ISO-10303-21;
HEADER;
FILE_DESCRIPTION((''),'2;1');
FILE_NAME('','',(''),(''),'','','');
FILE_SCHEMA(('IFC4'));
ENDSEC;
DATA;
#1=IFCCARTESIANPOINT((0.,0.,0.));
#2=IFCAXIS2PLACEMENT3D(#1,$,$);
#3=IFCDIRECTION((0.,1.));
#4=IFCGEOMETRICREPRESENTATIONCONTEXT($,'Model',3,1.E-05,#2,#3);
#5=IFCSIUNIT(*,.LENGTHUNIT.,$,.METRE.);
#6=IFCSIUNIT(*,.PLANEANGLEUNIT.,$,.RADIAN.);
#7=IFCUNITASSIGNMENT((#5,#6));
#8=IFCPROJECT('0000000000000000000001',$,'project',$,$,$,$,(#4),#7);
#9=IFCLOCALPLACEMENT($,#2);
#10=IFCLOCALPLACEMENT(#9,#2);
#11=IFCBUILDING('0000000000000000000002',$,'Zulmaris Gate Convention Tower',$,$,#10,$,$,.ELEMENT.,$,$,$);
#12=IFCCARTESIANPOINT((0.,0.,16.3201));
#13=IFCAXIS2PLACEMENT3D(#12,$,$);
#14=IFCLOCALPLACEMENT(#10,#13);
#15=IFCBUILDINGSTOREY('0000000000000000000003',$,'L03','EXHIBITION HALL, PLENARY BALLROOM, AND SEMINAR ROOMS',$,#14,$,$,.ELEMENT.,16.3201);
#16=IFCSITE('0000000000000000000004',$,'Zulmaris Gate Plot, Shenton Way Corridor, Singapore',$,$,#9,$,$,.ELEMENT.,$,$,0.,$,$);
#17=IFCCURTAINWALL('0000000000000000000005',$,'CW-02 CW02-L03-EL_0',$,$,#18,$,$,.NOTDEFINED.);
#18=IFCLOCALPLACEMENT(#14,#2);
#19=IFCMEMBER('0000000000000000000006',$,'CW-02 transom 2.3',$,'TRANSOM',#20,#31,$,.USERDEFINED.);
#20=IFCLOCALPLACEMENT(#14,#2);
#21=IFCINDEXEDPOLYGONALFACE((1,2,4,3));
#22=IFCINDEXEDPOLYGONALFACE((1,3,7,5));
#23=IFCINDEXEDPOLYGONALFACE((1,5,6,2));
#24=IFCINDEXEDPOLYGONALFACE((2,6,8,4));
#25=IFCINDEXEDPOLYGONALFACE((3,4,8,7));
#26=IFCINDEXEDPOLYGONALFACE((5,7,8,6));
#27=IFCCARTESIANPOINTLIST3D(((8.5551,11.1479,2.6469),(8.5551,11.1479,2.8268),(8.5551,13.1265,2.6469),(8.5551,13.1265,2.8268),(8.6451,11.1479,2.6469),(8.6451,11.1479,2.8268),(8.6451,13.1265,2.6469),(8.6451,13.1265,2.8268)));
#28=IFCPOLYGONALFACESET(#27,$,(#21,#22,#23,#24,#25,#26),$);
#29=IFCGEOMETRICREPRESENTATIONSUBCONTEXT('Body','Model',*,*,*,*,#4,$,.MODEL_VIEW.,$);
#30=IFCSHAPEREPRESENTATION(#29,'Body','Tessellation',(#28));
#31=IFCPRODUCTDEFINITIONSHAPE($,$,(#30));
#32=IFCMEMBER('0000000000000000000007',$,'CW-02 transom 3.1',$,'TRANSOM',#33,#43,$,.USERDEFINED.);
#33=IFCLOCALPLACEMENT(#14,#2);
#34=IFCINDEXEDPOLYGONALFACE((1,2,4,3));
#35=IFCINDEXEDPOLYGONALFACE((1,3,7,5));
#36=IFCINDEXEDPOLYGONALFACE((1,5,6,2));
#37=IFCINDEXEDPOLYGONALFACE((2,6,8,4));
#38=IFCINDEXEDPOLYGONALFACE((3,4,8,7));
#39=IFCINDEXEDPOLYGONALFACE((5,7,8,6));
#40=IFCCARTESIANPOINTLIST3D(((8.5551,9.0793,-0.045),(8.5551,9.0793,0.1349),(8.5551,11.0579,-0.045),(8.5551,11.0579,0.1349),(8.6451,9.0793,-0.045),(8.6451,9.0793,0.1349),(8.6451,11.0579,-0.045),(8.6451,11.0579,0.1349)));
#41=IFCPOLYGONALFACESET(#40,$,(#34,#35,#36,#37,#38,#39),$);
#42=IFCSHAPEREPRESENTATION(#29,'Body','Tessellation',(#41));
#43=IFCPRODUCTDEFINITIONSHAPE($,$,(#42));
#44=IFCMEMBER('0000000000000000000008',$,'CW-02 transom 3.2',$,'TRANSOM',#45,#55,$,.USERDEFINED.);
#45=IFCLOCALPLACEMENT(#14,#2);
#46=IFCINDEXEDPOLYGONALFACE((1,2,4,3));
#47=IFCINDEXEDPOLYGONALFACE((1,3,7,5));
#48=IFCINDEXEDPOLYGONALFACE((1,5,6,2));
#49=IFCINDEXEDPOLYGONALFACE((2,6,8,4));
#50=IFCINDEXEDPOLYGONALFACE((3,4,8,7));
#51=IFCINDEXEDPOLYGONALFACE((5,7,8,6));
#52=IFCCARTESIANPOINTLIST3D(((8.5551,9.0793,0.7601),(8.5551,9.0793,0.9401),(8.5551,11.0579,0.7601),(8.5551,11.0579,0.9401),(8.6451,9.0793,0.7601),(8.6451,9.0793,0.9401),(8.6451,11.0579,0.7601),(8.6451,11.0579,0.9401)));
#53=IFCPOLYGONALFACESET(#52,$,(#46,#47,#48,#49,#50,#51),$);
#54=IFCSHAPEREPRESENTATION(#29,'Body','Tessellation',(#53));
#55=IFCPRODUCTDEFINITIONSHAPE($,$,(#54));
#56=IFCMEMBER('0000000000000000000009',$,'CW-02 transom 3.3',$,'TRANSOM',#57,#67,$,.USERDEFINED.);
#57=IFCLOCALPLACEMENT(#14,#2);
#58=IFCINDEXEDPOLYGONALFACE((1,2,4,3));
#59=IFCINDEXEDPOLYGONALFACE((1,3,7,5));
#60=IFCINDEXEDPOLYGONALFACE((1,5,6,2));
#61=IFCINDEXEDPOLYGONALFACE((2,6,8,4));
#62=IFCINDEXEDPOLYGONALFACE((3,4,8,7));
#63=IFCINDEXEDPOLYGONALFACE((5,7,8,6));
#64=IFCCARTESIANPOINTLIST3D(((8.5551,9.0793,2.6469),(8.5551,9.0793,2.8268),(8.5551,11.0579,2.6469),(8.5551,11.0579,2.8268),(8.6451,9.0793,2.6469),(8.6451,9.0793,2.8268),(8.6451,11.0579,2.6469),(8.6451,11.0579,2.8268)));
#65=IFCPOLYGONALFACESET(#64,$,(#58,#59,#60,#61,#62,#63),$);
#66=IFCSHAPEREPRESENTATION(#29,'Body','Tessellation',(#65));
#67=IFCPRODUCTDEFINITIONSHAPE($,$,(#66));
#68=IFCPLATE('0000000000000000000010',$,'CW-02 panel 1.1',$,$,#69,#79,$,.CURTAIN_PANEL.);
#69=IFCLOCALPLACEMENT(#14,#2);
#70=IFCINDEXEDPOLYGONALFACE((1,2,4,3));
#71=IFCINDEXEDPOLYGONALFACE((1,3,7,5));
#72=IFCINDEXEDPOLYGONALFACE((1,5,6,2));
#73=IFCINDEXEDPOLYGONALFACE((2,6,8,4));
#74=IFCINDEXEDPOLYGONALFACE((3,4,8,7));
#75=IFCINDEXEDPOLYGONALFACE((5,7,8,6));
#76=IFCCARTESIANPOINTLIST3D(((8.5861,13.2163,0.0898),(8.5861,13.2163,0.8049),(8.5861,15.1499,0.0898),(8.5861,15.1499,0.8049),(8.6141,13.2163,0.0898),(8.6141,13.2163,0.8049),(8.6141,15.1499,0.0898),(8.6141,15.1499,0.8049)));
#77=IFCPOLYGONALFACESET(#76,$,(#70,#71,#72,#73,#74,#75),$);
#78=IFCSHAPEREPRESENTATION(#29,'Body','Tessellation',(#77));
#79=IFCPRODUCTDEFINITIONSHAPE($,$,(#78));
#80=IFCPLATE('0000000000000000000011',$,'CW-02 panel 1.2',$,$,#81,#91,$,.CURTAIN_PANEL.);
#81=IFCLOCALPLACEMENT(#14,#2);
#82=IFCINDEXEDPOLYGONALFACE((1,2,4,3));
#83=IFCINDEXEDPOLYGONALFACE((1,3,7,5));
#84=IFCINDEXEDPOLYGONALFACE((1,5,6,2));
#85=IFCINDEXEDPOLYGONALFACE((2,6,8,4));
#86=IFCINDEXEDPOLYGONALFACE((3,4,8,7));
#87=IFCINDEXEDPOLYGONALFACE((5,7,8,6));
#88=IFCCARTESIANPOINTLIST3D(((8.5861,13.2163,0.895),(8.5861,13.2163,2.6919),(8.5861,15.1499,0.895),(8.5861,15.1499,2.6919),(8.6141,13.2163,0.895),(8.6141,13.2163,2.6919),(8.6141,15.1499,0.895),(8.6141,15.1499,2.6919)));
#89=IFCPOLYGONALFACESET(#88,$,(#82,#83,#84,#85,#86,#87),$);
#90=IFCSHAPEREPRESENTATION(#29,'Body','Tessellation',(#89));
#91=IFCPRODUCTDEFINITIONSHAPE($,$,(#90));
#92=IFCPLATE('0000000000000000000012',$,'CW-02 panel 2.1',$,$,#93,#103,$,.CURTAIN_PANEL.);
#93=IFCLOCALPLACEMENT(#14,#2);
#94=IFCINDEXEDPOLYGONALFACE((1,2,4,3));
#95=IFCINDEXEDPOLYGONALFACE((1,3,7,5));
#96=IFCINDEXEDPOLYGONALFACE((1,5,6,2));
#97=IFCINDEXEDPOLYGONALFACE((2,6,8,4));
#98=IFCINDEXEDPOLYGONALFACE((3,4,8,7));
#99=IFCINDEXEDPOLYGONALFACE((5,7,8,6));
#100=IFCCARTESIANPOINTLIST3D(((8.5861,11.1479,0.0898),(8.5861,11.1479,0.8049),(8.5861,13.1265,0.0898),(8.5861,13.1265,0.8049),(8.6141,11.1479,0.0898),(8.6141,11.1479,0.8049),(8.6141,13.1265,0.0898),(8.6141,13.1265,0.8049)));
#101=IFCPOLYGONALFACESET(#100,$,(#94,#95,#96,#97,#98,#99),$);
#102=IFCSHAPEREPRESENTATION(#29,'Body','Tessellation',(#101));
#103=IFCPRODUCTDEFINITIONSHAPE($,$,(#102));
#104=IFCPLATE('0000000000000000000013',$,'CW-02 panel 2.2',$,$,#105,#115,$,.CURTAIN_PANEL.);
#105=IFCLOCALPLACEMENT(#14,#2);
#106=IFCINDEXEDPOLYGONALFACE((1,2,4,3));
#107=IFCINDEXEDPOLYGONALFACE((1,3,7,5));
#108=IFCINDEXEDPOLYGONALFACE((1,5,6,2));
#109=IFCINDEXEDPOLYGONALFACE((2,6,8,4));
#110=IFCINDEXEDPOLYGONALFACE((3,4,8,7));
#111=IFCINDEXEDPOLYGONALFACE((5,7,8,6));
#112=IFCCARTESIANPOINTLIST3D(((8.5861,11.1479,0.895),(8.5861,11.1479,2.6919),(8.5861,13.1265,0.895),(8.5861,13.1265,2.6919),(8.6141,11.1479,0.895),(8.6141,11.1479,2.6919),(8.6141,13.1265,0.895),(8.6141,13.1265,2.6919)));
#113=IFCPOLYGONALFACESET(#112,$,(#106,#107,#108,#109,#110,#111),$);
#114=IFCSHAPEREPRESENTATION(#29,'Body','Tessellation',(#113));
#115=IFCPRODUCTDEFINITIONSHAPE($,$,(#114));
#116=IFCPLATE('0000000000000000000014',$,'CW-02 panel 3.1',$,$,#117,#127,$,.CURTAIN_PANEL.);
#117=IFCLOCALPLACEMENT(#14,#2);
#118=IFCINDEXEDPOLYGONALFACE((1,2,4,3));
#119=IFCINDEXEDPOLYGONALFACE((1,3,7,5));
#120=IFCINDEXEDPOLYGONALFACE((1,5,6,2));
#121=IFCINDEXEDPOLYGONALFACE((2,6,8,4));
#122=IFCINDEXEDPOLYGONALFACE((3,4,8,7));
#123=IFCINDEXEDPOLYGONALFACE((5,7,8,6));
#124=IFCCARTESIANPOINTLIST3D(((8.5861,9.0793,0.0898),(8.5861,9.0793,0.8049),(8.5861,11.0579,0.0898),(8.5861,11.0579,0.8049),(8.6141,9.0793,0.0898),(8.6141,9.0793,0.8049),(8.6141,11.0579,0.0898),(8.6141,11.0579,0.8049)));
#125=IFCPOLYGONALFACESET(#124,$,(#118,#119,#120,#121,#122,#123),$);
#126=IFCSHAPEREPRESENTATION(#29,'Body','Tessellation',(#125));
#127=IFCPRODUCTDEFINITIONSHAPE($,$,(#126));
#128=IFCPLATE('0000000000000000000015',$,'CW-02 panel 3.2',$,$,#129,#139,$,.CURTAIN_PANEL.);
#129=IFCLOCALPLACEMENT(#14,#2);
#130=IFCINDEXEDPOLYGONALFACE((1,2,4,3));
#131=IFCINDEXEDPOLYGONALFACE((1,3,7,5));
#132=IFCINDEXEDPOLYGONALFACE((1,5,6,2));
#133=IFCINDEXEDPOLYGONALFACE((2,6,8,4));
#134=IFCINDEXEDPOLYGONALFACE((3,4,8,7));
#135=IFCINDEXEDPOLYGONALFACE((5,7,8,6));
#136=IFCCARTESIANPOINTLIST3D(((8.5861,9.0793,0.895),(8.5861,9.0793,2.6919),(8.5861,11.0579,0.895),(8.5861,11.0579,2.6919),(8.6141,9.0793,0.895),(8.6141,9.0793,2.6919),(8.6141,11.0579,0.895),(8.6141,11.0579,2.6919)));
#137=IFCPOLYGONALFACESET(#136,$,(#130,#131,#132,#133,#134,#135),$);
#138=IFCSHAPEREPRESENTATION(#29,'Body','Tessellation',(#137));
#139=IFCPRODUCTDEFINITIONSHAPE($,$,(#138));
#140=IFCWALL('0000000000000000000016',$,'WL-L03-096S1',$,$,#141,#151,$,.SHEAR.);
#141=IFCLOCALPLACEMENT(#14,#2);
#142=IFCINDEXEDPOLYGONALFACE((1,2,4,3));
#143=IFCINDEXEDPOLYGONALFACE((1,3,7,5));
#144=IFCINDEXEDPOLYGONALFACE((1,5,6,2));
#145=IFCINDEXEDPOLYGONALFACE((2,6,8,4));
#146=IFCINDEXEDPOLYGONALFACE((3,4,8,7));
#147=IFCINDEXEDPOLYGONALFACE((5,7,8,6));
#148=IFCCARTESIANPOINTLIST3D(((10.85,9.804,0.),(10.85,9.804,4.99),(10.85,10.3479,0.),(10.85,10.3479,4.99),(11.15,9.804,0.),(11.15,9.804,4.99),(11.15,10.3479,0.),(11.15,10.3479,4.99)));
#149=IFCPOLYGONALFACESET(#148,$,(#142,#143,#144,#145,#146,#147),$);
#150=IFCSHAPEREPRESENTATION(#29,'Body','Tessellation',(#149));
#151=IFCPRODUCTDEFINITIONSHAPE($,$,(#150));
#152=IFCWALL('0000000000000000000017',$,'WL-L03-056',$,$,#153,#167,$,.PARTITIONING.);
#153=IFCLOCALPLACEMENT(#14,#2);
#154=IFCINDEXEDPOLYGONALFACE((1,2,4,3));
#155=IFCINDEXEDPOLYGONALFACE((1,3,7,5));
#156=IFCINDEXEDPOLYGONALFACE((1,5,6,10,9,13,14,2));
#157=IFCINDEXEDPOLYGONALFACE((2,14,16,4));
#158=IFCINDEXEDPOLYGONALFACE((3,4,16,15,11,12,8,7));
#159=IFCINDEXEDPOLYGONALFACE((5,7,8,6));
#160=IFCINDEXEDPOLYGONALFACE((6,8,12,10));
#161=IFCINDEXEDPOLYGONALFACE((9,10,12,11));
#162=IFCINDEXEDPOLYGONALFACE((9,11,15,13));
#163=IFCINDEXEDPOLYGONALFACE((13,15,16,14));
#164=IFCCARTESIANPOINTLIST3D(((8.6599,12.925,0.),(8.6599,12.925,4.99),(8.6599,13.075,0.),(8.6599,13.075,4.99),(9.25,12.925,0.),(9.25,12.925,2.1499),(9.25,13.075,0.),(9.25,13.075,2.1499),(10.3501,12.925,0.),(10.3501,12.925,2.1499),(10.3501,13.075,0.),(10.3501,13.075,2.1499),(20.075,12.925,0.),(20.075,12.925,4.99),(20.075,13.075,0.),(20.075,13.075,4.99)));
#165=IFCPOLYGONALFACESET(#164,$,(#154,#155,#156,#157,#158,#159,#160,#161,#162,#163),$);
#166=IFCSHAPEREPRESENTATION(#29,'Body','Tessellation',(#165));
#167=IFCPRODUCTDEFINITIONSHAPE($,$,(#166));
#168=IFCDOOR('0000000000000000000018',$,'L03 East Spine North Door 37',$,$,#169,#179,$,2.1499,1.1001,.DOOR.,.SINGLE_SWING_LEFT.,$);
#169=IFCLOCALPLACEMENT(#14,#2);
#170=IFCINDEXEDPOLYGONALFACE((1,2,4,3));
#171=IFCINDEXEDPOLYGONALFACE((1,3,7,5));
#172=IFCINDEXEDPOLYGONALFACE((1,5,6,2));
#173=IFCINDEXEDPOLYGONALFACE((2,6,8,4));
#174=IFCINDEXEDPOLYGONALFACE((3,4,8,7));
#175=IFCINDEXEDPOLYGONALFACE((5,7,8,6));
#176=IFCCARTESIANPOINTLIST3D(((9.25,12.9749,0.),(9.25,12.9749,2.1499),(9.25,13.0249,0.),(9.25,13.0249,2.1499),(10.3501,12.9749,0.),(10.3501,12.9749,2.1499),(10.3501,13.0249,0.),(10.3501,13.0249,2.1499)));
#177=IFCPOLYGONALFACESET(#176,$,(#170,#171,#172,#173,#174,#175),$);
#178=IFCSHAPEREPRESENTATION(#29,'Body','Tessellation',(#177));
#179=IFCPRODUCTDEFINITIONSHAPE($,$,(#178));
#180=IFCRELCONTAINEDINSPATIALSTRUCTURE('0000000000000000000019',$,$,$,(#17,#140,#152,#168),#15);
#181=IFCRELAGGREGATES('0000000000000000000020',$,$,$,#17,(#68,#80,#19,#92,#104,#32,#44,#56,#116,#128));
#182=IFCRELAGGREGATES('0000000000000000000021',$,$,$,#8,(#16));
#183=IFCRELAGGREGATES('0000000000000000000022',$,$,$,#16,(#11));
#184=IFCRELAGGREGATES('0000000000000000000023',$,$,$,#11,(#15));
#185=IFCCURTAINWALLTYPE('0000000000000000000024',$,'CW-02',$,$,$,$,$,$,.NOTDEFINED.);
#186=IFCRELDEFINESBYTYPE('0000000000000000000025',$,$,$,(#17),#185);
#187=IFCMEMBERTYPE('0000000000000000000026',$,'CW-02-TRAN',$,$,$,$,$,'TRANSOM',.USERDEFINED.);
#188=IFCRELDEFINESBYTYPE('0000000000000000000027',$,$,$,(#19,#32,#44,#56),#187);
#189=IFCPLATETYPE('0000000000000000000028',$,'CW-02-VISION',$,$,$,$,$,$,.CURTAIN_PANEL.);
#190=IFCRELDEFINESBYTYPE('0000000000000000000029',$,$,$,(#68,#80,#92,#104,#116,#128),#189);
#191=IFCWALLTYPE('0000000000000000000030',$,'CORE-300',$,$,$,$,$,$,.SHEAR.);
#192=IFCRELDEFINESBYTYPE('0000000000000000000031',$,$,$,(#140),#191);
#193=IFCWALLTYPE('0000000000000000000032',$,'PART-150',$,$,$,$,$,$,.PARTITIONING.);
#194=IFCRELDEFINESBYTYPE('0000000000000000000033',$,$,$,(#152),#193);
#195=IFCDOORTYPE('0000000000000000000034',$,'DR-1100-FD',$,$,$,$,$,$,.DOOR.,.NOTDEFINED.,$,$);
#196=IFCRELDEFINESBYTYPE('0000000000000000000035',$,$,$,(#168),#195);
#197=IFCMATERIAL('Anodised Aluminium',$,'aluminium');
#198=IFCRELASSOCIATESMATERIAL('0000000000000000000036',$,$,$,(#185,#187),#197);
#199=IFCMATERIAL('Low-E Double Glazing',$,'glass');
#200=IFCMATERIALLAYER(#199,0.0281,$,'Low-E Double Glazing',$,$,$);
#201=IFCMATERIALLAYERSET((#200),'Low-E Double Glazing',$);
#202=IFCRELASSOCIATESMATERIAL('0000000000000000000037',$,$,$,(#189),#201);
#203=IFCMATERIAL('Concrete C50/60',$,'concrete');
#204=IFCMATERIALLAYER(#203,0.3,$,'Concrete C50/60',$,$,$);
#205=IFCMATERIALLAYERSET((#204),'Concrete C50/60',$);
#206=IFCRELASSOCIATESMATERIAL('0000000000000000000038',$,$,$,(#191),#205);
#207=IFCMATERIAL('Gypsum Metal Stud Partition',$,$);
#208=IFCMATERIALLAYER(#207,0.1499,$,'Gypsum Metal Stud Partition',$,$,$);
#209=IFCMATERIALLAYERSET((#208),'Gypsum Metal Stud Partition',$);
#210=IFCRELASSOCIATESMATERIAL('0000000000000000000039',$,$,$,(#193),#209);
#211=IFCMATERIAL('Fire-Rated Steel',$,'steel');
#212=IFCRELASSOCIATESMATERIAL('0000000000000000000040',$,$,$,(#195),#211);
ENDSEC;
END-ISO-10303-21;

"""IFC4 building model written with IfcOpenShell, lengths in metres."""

from ifc_helpers import new_model, si_unit, direction, frame, frame_2d, origin, origin_2d, place, context, subcontext, project, spatial, rectangle, extrude, material, layer, layer_set, material_profile, profile_set, type_object, element, fill, aggregate, save


model = new_model("IFC4")

# Units and contexts
model_context = context("Model", 3, precision=1e-05, world=origin(), true_north=direction((0.0, 1.0)))
body_context = subcontext(model_context, "Body", "Model", "MODEL_VIEW")
ifc_project = project(units=[si_unit("LENGTHUNIT", "METRE"), si_unit("PLANEANGLEUNIT", "RADIAN")], contexts=[model_context])

# Site, building, storey
site_placement = place(None, origin())
site = spatial("IfcSite", under=ifc_project, at=site_placement, Name="Zulmaris Gate Plot, Shenton Way Corridor, Singapore", CompositionType="ELEMENT", RefElevation=0.0)
building_placement = place(site_placement, origin())
building = spatial("IfcBuilding", under=site, at=building_placement, Name="Zulmaris Gate Convention Tower", CompositionType="ELEMENT")
storey_placement = place(building_placement, frame((0.0, 0.0, 16.3201)))
storey = spatial("IfcBuildingStorey", under=building, at=storey_placement, Name="L03", Description="EXHIBITION HALL, PLENARY BALLROOM, AND SEMINAR ROOMS", CompositionType="ELEMENT", Elevation=16.3201)

# Curtain wall, members, plates
ifc_material_1 = material(Name="Anodised Aluminium", Category="aluminium")
curtain_wall_type = type_object("IfcCurtainWallType", Name="CW-02", PredefinedType="NOTDEFINED", material=ifc_material_1)
curtain_wall_placement = place(storey_placement, origin())
curtain_wall = element("IfcCurtainWall", 1, at=curtain_wall_placement, inside=storey, type_object=curtain_wall_type, Name="CW-02 CW02-L03-EL_0", PredefinedType="NOTDEFINED")
ifc_material_profile_1 = material_profile(ifc_material_1, rectangle(XDim=0.0901, YDim=0.1799, at=origin_2d()), Name="ALU TRANSOM 90x180")
ifc_profile_set_1 = profile_set([ifc_material_profile_1], Name="Anodised Aluminium")
member_type_1 = type_object("IfcMemberType", Name="CW-02-TRAN", ElementType="TRANSOM", PredefinedType="USERDEFINED", material=ifc_profile_set_1)
member_1_placement = place(storey_placement, frame((8.6001, 13.1265, 2.7368), z_axis=(0.0, -1.0, 0.0), x_axis=(1.0, 0.0, 0.0)))
member_1 = element("IfcMember", 2, at=member_1_placement, type_object=member_type_1, Name="CW-02 transom 2.3", ObjectType="TRANSOM", PredefinedType="USERDEFINED", context=body_context, shape_type="SweptSolid", body=[
    extrude(rectangle(XDim=0.0901, YDim=0.1799, at=origin_2d()), origin(), (0.0, 0.0, 1.0), 1.9785),
])
member_2_placement = place(storey_placement, frame((8.6001, 11.0579, 0.0449), z_axis=(0.0, -1.0, 0.0), x_axis=(1.0, 0.0, 0.0)))
member_2 = element("IfcMember", 3, at=member_2_placement, type_object=member_type_1, Name="CW-02 transom 3.1", ObjectType="TRANSOM", PredefinedType="USERDEFINED", context=body_context, shape_type="SweptSolid", body=[
    extrude(rectangle(XDim=0.0901, YDim=0.1799, at=origin_2d()), origin(), (0.0, 0.0, 1.0), 1.9785),
])
member_3_placement = place(storey_placement, frame((8.6001, 11.0579, 0.8501), z_axis=(0.0, -1.0, 0.0), x_axis=(1.0, 0.0, 0.0)))
member_3 = element("IfcMember", 4, at=member_3_placement, type_object=member_type_1, Name="CW-02 transom 3.2", ObjectType="TRANSOM", PredefinedType="USERDEFINED", context=body_context, shape_type="SweptSolid", body=[
    extrude(rectangle(XDim=0.0901, YDim=0.1799, at=origin_2d()), origin(), (0.0, 0.0, 1.0), 1.9785),
])
member_4_placement = place(storey_placement, frame((8.6001, 11.0579, 2.7368), z_axis=(0.0, -1.0, 0.0), x_axis=(1.0, 0.0, 0.0)))
member_4 = element("IfcMember", 5, at=member_4_placement, type_object=member_type_1, Name="CW-02 transom 3.3", ObjectType="TRANSOM", PredefinedType="USERDEFINED", context=body_context, shape_type="SweptSolid", body=[
    extrude(rectangle(XDim=0.0901, YDim=0.1799, at=origin_2d()), origin(), (0.0, 0.0, 1.0), 1.9785),
])
ifc_material_2 = material(Name="Low-E Double Glazing", Category="glass")
ifc_layer_1 = layer(ifc_material_2, 0.0281, Name="Low-E Double Glazing")
ifc_layer_set_1 = layer_set([ifc_layer_1], Name="Low-E Double Glazing")
plate_type = type_object("IfcPlateType", Name="CW-02-VISION", PredefinedType="CURTAIN_PANEL", material=ifc_layer_set_1)
plate_1_placement = place(storey_placement, frame((8.6001, 14.1831, 0.0898), z_axis=(0.0, 0.0, 1.0), x_axis=(0.0, -1.0, 0.0)))
plate_1 = element("IfcPlate", 6, at=plate_1_placement, type_object=plate_type, Name="CW-02 panel 1.1", PredefinedType="CURTAIN_PANEL", context=body_context, shape_type="SweptSolid", body=[
    extrude(rectangle(XDim=1.9336, YDim=0.0281, at=origin_2d()), origin(), (0.0, 0.0, 1.0), 0.7151),
])
plate_2_placement = place(storey_placement, frame((8.6001, 14.1831, 0.895), z_axis=(0.0, 0.0, 1.0), x_axis=(0.0, -1.0, 0.0)))
plate_2 = element("IfcPlate", 7, at=plate_2_placement, type_object=plate_type, Name="CW-02 panel 1.2", PredefinedType="CURTAIN_PANEL", context=body_context, shape_type="SweptSolid", body=[
    extrude(rectangle(XDim=1.9336, YDim=0.0281, at=origin_2d()), origin(), (0.0, 0.0, 1.0), 1.7969),
])
plate_3_placement = place(storey_placement, frame((8.6001, 12.1372, 0.0898), z_axis=(0.0, 0.0, 1.0), x_axis=(0.0, -1.0, 0.0)))
plate_3 = element("IfcPlate", 8, at=plate_3_placement, type_object=plate_type, Name="CW-02 panel 2.1", PredefinedType="CURTAIN_PANEL", context=body_context, shape_type="SweptSolid", body=[
    extrude(rectangle(XDim=1.9785, YDim=0.0281, at=origin_2d()), origin(), (0.0, 0.0, 1.0), 0.7151),
])
plate_4_placement = place(storey_placement, frame((8.6001, 12.1372, 0.895), z_axis=(0.0, 0.0, 1.0), x_axis=(0.0, -1.0, 0.0)))
plate_4 = element("IfcPlate", 9, at=plate_4_placement, type_object=plate_type, Name="CW-02 panel 2.2", PredefinedType="CURTAIN_PANEL", context=body_context, shape_type="SweptSolid", body=[
    extrude(rectangle(XDim=1.9785, YDim=0.0281, at=origin_2d()), origin(), (0.0, 0.0, 1.0), 1.7969),
])
plate_5_placement = place(storey_placement, frame((8.6001, 10.0686, 0.0898), z_axis=(0.0, 0.0, 1.0), x_axis=(0.0, -1.0, 0.0)))
plate_5 = element("IfcPlate", 10, at=plate_5_placement, type_object=plate_type, Name="CW-02 panel 3.1", PredefinedType="CURTAIN_PANEL", context=body_context, shape_type="SweptSolid", body=[
    extrude(rectangle(XDim=1.9785, YDim=0.0281, at=origin_2d()), origin(), (0.0, 0.0, 1.0), 0.7151),
])
plate_6_placement = place(storey_placement, frame((8.6001, 10.0686, 0.895), z_axis=(0.0, 0.0, 1.0), x_axis=(0.0, -1.0, 0.0)))
plate_6 = element("IfcPlate", 11, at=plate_6_placement, type_object=plate_type, Name="CW-02 panel 3.2", PredefinedType="CURTAIN_PANEL", context=body_context, shape_type="SweptSolid", body=[
    extrude(rectangle(XDim=1.9785, YDim=0.0281, at=origin_2d()), origin(), (0.0, 0.0, 1.0), 1.7969),
])
aggregate(curtain_wall, [plate_1, plate_2, member_1, plate_3, plate_4, member_2, member_3, member_4, plate_5, plate_6])

# Shared definitions
ifc_material_3 = material(Name="Concrete C50/60", Category="concrete")
ifc_layer_2 = layer(ifc_material_3, 0.3, Name="Concrete C50/60")
ifc_layer_set_2 = layer_set([ifc_layer_2], Name="Concrete C50/60")
wall_type_1 = type_object("IfcWallType", Name="CORE-300", PredefinedType="SHEAR", material=ifc_layer_set_2)

# Wall
wall_1_placement = place(storey_placement, frame((11.0, 9.804, 0.0), z_axis=(0.0, 0.0, 1.0), x_axis=(0.0, 1.0, 0.0)))
element("IfcWall", 12, at=wall_1_placement, inside=storey, type_object=wall_type_1, Name="WL-L03-096S1", PredefinedType="SHEAR", context=body_context, shape_type="SweptSolid", body=[
    extrude(rectangle(XDim=0.5439, YDim=0.3, at=frame_2d((0.272, 0.0))), origin(), (0.0, 0.0, 1.0), 4.99),
])

# Wall, opening, door
ifc_material_4 = material(Name="Gypsum Metal Stud Partition")
ifc_layer_3 = layer(ifc_material_4, 0.1499, Name="Gypsum Metal Stud Partition")
ifc_layer_set_3 = layer_set([ifc_layer_3], Name="Gypsum Metal Stud Partition")
wall_type_2 = type_object("IfcWallType", Name="PART-150", PredefinedType="PARTITIONING", material=ifc_layer_set_3)
ifc_material_5 = material(Name="Fire-Rated Steel", Category="steel")
door_type_1 = type_object("IfcDoorType", Name="DR-1100-FD", OperationType="NOTDEFINED", PredefinedType="DOOR", material=ifc_material_5)
wall_2_placement = place(storey_placement, frame((8.6599, 13.0, 0.0), z_axis=(0.0, 0.0, 1.0), x_axis=(1.0, 0.0, 0.0)))
wall_2 = element("IfcWall", 13, at=wall_2_placement, inside=storey, type_object=wall_type_2, Name="WL-L03-056", PredefinedType="PARTITIONING", context=body_context, shape_type="SweptSolid", body=[
    extrude(rectangle(XDim=11.415, YDim=0.1499, at=frame_2d((5.7075, 0.0))), origin(), (0.0, 0.0, 1.0), 4.99),
])
opening_1_placement = place(wall_2_placement, frame((0.5901, 0.0, 0.0)))
opening_1 = element("IfcOpeningElement", 14, at=opening_1_placement, cuts=wall_2, PredefinedType="OPENING", context=body_context, shape_type="SweptSolid", body=[
    extrude(rectangle(XDim=1.1001, YDim=2.1499, at=frame_2d((0.55, 1.075))), frame((0.0, 0.085, 0.0), z_axis=(0.0, -1.0, 0.0), x_axis=(1.0, 0.0, 0.0)), (0.0, 0.0, 1.0), 0.1699),
])
door_1_placement = place(opening_1_placement, origin())
door_1 = element("IfcDoor", 15, at=door_1_placement, inside=storey, type_object=door_type_1, Name="L03 East Spine North Door 37", OperationType="SINGLE_SWING_LEFT", OverallHeight=2.1499, OverallWidth=1.1001, PredefinedType="DOOR", context=body_context, shape_type="SweptSolid", body=[
    extrude(rectangle(XDim=1.1001, YDim=2.1499, at=frame_2d((0.55, 1.075))), frame((0.0, 0.0249, 0.0), z_axis=(0.0, -1.0, 0.0), x_axis=(1.0, 0.0, 0.0)), (0.0, 0.0, 1.0), 0.05),
])
fill(opening_1, door_1)

save(model, "model.ifc")
